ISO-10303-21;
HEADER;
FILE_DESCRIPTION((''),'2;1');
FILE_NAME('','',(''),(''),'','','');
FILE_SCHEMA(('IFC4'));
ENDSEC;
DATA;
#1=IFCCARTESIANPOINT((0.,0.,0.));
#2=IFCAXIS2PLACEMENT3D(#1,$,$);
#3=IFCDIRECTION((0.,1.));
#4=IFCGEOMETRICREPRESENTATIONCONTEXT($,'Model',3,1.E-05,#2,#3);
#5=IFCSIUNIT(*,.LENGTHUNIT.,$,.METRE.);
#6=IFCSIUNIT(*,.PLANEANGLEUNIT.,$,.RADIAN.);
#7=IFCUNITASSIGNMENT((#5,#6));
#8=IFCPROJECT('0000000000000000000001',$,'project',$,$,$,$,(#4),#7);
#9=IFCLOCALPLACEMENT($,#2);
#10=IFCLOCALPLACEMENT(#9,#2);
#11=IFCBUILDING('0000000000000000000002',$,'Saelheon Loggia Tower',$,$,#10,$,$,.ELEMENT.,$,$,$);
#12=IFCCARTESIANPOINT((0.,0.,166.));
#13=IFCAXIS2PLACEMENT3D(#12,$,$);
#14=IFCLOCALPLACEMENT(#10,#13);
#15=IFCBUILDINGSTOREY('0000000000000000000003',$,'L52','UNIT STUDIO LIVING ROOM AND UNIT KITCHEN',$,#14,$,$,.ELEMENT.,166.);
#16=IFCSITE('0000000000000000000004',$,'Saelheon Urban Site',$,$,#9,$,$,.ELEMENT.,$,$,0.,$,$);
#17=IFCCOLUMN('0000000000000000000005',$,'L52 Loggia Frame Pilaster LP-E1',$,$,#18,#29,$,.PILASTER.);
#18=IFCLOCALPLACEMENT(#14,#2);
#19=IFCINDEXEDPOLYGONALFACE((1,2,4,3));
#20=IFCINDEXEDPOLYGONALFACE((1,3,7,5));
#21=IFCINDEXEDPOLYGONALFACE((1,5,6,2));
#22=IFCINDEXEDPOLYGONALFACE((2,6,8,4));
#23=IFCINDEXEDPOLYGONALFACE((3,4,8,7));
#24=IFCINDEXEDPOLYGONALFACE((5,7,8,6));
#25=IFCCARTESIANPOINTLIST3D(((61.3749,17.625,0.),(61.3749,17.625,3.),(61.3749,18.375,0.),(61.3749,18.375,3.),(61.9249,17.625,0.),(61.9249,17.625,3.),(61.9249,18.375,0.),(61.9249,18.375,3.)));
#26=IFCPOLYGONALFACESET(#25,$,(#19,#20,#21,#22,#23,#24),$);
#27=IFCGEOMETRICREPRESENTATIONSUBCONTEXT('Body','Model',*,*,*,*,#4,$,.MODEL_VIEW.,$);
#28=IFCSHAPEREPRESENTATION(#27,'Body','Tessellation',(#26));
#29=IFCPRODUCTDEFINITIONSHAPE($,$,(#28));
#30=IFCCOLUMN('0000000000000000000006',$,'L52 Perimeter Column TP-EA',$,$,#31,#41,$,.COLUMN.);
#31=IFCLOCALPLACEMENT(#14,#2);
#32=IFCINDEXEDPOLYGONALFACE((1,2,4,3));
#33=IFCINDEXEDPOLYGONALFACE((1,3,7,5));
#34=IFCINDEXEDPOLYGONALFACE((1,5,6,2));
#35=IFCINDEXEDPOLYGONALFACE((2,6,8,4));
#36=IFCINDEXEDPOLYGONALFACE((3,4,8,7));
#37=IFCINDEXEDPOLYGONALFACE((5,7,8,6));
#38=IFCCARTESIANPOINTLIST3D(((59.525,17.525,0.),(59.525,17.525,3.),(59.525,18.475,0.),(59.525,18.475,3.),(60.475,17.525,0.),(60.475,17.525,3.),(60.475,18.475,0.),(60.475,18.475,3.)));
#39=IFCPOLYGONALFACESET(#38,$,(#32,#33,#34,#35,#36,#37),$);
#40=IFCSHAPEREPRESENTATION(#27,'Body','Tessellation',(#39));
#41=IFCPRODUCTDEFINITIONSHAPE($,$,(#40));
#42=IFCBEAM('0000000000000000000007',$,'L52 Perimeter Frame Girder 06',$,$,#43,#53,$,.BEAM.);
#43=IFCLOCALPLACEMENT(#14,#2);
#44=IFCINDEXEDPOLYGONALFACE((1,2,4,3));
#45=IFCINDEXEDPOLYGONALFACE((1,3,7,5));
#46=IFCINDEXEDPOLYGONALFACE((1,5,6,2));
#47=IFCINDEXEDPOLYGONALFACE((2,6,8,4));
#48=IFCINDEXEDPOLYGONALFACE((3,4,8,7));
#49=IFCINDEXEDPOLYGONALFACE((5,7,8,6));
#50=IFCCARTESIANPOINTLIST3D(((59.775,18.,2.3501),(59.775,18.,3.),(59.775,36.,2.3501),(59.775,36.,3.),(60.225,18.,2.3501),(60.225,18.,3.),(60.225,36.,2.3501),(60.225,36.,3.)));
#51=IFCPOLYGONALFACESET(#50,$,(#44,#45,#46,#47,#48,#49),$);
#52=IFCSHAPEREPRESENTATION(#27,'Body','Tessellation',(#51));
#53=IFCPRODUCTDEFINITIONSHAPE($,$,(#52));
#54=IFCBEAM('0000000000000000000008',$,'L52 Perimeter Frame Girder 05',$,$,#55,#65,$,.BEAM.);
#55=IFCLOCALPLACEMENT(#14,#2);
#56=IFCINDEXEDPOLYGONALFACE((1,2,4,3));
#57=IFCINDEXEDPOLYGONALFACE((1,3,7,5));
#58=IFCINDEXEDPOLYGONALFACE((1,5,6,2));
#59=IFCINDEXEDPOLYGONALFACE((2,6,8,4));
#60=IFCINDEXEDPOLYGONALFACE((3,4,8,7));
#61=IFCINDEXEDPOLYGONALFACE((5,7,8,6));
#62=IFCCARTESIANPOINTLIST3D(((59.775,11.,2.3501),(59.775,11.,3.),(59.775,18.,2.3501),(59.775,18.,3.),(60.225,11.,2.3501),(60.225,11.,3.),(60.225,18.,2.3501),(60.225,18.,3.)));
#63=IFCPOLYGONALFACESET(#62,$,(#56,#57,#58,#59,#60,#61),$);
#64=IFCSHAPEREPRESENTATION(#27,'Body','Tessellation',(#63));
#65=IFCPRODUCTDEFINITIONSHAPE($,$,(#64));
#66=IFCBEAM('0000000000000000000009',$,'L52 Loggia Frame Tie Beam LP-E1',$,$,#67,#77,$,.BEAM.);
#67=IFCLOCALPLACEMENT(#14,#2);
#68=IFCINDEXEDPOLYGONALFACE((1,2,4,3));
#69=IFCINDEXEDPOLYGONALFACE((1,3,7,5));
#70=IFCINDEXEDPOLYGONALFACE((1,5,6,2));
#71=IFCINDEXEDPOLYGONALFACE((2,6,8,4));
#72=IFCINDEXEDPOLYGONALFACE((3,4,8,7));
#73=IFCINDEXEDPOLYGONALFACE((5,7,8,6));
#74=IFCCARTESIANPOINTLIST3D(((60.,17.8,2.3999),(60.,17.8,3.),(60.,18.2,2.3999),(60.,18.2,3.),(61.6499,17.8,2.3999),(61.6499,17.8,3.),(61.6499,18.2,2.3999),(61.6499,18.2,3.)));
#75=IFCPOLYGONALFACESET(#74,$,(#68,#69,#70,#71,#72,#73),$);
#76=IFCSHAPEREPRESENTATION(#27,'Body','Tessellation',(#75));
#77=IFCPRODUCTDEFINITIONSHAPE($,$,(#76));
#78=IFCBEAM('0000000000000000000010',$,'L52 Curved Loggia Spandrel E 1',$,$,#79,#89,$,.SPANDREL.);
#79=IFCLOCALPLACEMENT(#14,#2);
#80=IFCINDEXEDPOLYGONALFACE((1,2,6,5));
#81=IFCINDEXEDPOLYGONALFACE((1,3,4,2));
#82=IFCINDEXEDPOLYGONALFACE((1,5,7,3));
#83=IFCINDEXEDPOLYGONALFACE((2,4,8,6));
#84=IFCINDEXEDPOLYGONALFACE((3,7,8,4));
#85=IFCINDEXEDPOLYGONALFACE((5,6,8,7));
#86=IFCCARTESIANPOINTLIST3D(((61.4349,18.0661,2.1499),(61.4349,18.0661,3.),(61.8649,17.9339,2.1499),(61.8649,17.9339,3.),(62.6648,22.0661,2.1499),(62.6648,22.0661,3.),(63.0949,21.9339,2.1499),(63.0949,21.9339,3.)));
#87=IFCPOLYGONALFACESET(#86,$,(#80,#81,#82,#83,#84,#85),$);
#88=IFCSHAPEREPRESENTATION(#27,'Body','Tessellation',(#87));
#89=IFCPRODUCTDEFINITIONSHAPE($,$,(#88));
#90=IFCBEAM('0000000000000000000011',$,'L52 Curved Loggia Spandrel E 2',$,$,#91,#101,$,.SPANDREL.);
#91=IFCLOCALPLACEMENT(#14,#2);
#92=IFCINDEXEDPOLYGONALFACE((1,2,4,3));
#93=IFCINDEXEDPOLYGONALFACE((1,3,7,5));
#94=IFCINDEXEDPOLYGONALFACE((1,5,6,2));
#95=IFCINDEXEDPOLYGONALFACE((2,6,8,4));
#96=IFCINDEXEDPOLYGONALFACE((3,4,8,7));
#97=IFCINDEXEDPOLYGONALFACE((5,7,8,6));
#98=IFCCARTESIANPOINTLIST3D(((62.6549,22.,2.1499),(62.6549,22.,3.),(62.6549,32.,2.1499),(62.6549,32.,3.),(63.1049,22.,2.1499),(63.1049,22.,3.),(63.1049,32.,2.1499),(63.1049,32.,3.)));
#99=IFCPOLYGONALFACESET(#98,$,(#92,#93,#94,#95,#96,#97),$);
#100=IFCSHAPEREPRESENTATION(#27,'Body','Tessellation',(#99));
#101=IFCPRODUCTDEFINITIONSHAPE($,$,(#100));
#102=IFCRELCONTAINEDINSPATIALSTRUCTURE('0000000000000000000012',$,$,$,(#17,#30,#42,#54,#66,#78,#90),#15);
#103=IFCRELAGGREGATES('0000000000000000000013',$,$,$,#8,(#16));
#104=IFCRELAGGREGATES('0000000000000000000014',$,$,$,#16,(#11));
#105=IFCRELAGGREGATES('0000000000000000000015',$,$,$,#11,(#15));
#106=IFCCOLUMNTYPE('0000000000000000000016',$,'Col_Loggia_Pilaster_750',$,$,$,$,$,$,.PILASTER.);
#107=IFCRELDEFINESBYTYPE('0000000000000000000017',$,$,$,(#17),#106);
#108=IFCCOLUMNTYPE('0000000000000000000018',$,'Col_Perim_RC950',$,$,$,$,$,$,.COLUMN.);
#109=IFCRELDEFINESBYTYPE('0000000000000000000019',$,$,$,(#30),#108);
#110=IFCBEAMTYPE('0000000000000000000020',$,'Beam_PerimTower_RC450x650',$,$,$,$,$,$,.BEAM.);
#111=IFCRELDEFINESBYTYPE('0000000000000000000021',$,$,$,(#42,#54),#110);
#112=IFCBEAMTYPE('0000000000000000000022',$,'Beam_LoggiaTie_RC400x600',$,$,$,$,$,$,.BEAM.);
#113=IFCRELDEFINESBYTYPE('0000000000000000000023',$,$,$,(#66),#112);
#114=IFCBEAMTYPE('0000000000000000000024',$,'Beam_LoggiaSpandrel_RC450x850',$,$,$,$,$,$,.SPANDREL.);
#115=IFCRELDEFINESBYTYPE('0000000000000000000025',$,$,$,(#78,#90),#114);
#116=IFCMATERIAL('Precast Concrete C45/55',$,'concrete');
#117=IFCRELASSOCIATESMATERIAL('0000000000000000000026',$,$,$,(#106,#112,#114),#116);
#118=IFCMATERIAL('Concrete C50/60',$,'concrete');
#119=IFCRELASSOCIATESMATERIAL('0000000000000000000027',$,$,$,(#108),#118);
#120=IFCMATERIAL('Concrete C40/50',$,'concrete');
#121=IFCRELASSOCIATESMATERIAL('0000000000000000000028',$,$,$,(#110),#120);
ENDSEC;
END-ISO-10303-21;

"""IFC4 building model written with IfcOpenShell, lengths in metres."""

from ifc_helpers import new_model, si_unit, direction, frame, origin, origin_2d, place, context, subcontext, project, spatial, rectangle, extrude, source, transform, mapped, material, material_profile, profile_set, type_object, element, save


model = new_model("IFC4")

# Units and contexts
model_context = context("Model", 3, precision=1e-05, world=origin(), true_north=direction((0.0, 1.0)))
body_context = subcontext(model_context, "Body", "Model", "MODEL_VIEW")
ifc_project = project(units=[si_unit("LENGTHUNIT", "METRE"), si_unit("PLANEANGLEUNIT", "RADIAN")], contexts=[model_context])

# Site, building, storey
site_placement = place(None, origin())
site = spatial("IfcSite", under=ifc_project, at=site_placement, Name="Saelheon Urban Site", CompositionType="ELEMENT", RefElevation=0.0)
building_placement = place(site_placement, origin())
building = spatial("IfcBuilding", under=site, at=building_placement, Name="Saelheon Loggia Tower", CompositionType="ELEMENT")
storey_placement = place(building_placement, frame((0.0, 0.0, 166.0)))
storey = spatial("IfcBuildingStorey", under=building, at=storey_placement, Name="L52", Description="UNIT STUDIO LIVING ROOM AND UNIT KITCHEN", CompositionType="ELEMENT", Elevation=166.0)

# Columns
ifc_material_1 = material(Name="Precast Concrete C45/55", Category="concrete")
ifc_material_profile_1 = material_profile(ifc_material_1, rectangle(XDim=0.55, YDim=0.75, at=origin_2d()), Name="RC-550x750")
ifc_profile_set_1 = profile_set([ifc_material_profile_1], Name="Precast Concrete C45/55")
column_type_1 = type_object("IfcColumnType", Name="Col_Loggia_Pilaster_750", PredefinedType="PILASTER", material=ifc_profile_set_1)
shared_shape_1 = source(origin(), body_context, "Body", "SweptSolid", [
    extrude(rectangle(XDim=0.55, YDim=0.75, at=origin_2d()), origin(), (0.0, 0.0, 1.0), 3.0),
])
column_1_placement = place(storey_placement, frame((61.6499, 18.0, 0.0), z_axis=(0.0, 0.0, 1.0), x_axis=(1.0, 0.0, 0.0)))
element("IfcColumn", 1, at=column_1_placement, inside=storey, type_object=column_type_1, Name="L52 Loggia Frame Pilaster LP-E1", PredefinedType="PILASTER", context=body_context, shape_type="MappedRepresentation", body=[
    mapped(shared_shape_1, transform((0.0, 0.0, 0.0), scale=1.0)),
])
ifc_material_2 = material(Name="Concrete C50/60", Category="concrete")
ifc_material_profile_2 = material_profile(ifc_material_2, rectangle(XDim=0.95, YDim=0.95, at=origin_2d()), Name="RC-950x950")
ifc_profile_set_2 = profile_set([ifc_material_profile_2], Name="Concrete C50/60")
column_type_2 = type_object("IfcColumnType", Name="Col_Perim_RC950", PredefinedType="COLUMN", material=ifc_profile_set_2)
shared_shape_2 = source(origin(), body_context, "Body", "SweptSolid", [
    extrude(rectangle(XDim=0.95, YDim=0.95, at=origin_2d()), origin(), (0.0, 0.0, 1.0), 3.0),
])
column_2_placement = place(storey_placement, frame((60.0, 18.0, 0.0), z_axis=(0.0, 0.0, 1.0), x_axis=(1.0, 0.0, 0.0)))
element("IfcColumn", 2, at=column_2_placement, inside=storey, type_object=column_type_2, Name="L52 Perimeter Column TP-EA", PredefinedType="COLUMN", context=body_context, shape_type="MappedRepresentation", body=[
    mapped(shared_shape_2, transform((0.0, 0.0, 0.0), scale=1.0)),
])

# Beams
ifc_material_3 = material(Name="Concrete C40/50", Category="concrete")
ifc_material_profile_3 = material_profile(ifc_material_3, rectangle(XDim=0.45, YDim=0.6499, at=origin_2d()), Name="RC-450x650")
ifc_profile_set_3 = profile_set([ifc_material_profile_3], Name="Concrete C40/50")
beam_type_1 = type_object("IfcBeamType", Name="Beam_PerimTower_RC450x650", PredefinedType="BEAM", material=ifc_profile_set_3)
shared_shape_3 = source(origin(), body_context, "Body", "SweptSolid", [
    extrude(rectangle(XDim=0.45, YDim=0.6499, at=origin_2d()), origin(), (0.0, 0.0, 1.0), 18.0),
])
beam_1_placement = place(storey_placement, frame((60.0, 18.0, 2.675), z_axis=(0.0, 1.0, 0.0), x_axis=(-1.0, 0.0, 0.0)))
element("IfcBeam", 3, at=beam_1_placement, inside=storey, type_object=beam_type_1, Name="L52 Perimeter Frame Girder 06", PredefinedType="BEAM", context=body_context, shape_type="MappedRepresentation", body=[
    mapped(shared_shape_3, transform((0.0, 0.0, 0.0), scale=1.0)),
])
shared_shape_4 = source(origin(), body_context, "Body", "SweptSolid", [
    extrude(rectangle(XDim=0.45, YDim=0.6499, at=origin_2d()), origin(), (0.0, 0.0, 1.0), 7.0),
])
beam_2_placement = place(storey_placement, frame((60.0, 11.0, 2.675), z_axis=(0.0, 1.0, 0.0), x_axis=(-1.0, 0.0, 0.0)))
element("IfcBeam", 4, at=beam_2_placement, inside=storey, type_object=beam_type_1, Name="L52 Perimeter Frame Girder 05", PredefinedType="BEAM", context=body_context, shape_type="MappedRepresentation", body=[
    mapped(shared_shape_4, transform((0.0, 0.0, 0.0), scale=1.0)),
])
ifc_material_profile_4 = material_profile(ifc_material_1, rectangle(XDim=0.3999, YDim=0.6001, at=origin_2d()), Name="RC-400x600")
ifc_profile_set_4 = profile_set([ifc_material_profile_4], Name="Precast Concrete C45/55")
beam_type_2 = type_object("IfcBeamType", Name="Beam_LoggiaTie_RC400x600", PredefinedType="BEAM", material=ifc_profile_set_4)
shared_shape_5 = source(origin(), body_context, "Body", "SweptSolid", [
    extrude(rectangle(XDim=0.3999, YDim=0.6001, at=origin_2d()), origin(), (0.0, 0.0, 1.0), 1.6499),
])
beam_3_placement = place(storey_placement, frame((60.0, 18.0, 2.7), z_axis=(1.0, 0.0, 0.0), x_axis=(0.0, 1.0, 0.0)))
element("IfcBeam", 5, at=beam_3_placement, inside=storey, type_object=beam_type_2, Name="L52 Loggia Frame Tie Beam LP-E1", PredefinedType="BEAM", context=body_context, shape_type="MappedRepresentation", body=[
    mapped(shared_shape_5, transform((0.0, 0.0, 0.0), scale=1.0)),
])
ifc_material_profile_5 = material_profile(ifc_material_1, rectangle(XDim=0.45, YDim=0.8501, at=origin_2d()), Name="RC-450x850")
ifc_profile_set_5 = profile_set([ifc_material_profile_5], Name="Precast Concrete C45/55")
beam_type_3 = type_object("IfcBeamType", Name="Beam_LoggiaSpandrel_RC450x850", PredefinedType="SPANDREL", material=ifc_profile_set_5)
shared_shape_6 = source(origin(), body_context, "Body", "SweptSolid", [
    extrude(rectangle(XDim=0.45, YDim=0.8501, at=origin_2d()), origin(), (0.0, 0.0, 1.0), 4.1848),
])
beam_4_placement = place(storey_placement, frame((61.6499, 18.0, 2.575), z_axis=(0.293914, 0.955832, 0.0), x_axis=(-0.955832, 0.293914, 0.0)))
element("IfcBeam", 6, at=beam_4_placement, inside=storey, type_object=beam_type_3, Name="L52 Curved Loggia Spandrel E 1", PredefinedType="SPANDREL", context=body_context, shape_type="MappedRepresentation", body=[
    mapped(shared_shape_6, transform((0.0, 0.0, 0.0), scale=1.0)),
])
shared_shape_7 = source(origin(), body_context, "Body", "SweptSolid", [
    extrude(rectangle(XDim=0.45, YDim=0.8501, at=origin_2d()), origin(), (0.0, 0.0, 1.0), 10.0),
])
beam_5_placement = place(storey_placement, frame((62.8799, 22.0, 2.575), z_axis=(0.0, 1.0, 0.0), x_axis=(-1.0, 0.0, 0.0)))
element("IfcBeam", 7, at=beam_5_placement, inside=storey, type_object=beam_type_3, Name="L52 Curved Loggia Spandrel E 2", PredefinedType="SPANDREL", context=body_context, shape_type="MappedRepresentation", body=[
    mapped(shared_shape_7, transform((0.0, 0.0, 0.0), scale=1.0)),
])

save(model, "model.ifc")
